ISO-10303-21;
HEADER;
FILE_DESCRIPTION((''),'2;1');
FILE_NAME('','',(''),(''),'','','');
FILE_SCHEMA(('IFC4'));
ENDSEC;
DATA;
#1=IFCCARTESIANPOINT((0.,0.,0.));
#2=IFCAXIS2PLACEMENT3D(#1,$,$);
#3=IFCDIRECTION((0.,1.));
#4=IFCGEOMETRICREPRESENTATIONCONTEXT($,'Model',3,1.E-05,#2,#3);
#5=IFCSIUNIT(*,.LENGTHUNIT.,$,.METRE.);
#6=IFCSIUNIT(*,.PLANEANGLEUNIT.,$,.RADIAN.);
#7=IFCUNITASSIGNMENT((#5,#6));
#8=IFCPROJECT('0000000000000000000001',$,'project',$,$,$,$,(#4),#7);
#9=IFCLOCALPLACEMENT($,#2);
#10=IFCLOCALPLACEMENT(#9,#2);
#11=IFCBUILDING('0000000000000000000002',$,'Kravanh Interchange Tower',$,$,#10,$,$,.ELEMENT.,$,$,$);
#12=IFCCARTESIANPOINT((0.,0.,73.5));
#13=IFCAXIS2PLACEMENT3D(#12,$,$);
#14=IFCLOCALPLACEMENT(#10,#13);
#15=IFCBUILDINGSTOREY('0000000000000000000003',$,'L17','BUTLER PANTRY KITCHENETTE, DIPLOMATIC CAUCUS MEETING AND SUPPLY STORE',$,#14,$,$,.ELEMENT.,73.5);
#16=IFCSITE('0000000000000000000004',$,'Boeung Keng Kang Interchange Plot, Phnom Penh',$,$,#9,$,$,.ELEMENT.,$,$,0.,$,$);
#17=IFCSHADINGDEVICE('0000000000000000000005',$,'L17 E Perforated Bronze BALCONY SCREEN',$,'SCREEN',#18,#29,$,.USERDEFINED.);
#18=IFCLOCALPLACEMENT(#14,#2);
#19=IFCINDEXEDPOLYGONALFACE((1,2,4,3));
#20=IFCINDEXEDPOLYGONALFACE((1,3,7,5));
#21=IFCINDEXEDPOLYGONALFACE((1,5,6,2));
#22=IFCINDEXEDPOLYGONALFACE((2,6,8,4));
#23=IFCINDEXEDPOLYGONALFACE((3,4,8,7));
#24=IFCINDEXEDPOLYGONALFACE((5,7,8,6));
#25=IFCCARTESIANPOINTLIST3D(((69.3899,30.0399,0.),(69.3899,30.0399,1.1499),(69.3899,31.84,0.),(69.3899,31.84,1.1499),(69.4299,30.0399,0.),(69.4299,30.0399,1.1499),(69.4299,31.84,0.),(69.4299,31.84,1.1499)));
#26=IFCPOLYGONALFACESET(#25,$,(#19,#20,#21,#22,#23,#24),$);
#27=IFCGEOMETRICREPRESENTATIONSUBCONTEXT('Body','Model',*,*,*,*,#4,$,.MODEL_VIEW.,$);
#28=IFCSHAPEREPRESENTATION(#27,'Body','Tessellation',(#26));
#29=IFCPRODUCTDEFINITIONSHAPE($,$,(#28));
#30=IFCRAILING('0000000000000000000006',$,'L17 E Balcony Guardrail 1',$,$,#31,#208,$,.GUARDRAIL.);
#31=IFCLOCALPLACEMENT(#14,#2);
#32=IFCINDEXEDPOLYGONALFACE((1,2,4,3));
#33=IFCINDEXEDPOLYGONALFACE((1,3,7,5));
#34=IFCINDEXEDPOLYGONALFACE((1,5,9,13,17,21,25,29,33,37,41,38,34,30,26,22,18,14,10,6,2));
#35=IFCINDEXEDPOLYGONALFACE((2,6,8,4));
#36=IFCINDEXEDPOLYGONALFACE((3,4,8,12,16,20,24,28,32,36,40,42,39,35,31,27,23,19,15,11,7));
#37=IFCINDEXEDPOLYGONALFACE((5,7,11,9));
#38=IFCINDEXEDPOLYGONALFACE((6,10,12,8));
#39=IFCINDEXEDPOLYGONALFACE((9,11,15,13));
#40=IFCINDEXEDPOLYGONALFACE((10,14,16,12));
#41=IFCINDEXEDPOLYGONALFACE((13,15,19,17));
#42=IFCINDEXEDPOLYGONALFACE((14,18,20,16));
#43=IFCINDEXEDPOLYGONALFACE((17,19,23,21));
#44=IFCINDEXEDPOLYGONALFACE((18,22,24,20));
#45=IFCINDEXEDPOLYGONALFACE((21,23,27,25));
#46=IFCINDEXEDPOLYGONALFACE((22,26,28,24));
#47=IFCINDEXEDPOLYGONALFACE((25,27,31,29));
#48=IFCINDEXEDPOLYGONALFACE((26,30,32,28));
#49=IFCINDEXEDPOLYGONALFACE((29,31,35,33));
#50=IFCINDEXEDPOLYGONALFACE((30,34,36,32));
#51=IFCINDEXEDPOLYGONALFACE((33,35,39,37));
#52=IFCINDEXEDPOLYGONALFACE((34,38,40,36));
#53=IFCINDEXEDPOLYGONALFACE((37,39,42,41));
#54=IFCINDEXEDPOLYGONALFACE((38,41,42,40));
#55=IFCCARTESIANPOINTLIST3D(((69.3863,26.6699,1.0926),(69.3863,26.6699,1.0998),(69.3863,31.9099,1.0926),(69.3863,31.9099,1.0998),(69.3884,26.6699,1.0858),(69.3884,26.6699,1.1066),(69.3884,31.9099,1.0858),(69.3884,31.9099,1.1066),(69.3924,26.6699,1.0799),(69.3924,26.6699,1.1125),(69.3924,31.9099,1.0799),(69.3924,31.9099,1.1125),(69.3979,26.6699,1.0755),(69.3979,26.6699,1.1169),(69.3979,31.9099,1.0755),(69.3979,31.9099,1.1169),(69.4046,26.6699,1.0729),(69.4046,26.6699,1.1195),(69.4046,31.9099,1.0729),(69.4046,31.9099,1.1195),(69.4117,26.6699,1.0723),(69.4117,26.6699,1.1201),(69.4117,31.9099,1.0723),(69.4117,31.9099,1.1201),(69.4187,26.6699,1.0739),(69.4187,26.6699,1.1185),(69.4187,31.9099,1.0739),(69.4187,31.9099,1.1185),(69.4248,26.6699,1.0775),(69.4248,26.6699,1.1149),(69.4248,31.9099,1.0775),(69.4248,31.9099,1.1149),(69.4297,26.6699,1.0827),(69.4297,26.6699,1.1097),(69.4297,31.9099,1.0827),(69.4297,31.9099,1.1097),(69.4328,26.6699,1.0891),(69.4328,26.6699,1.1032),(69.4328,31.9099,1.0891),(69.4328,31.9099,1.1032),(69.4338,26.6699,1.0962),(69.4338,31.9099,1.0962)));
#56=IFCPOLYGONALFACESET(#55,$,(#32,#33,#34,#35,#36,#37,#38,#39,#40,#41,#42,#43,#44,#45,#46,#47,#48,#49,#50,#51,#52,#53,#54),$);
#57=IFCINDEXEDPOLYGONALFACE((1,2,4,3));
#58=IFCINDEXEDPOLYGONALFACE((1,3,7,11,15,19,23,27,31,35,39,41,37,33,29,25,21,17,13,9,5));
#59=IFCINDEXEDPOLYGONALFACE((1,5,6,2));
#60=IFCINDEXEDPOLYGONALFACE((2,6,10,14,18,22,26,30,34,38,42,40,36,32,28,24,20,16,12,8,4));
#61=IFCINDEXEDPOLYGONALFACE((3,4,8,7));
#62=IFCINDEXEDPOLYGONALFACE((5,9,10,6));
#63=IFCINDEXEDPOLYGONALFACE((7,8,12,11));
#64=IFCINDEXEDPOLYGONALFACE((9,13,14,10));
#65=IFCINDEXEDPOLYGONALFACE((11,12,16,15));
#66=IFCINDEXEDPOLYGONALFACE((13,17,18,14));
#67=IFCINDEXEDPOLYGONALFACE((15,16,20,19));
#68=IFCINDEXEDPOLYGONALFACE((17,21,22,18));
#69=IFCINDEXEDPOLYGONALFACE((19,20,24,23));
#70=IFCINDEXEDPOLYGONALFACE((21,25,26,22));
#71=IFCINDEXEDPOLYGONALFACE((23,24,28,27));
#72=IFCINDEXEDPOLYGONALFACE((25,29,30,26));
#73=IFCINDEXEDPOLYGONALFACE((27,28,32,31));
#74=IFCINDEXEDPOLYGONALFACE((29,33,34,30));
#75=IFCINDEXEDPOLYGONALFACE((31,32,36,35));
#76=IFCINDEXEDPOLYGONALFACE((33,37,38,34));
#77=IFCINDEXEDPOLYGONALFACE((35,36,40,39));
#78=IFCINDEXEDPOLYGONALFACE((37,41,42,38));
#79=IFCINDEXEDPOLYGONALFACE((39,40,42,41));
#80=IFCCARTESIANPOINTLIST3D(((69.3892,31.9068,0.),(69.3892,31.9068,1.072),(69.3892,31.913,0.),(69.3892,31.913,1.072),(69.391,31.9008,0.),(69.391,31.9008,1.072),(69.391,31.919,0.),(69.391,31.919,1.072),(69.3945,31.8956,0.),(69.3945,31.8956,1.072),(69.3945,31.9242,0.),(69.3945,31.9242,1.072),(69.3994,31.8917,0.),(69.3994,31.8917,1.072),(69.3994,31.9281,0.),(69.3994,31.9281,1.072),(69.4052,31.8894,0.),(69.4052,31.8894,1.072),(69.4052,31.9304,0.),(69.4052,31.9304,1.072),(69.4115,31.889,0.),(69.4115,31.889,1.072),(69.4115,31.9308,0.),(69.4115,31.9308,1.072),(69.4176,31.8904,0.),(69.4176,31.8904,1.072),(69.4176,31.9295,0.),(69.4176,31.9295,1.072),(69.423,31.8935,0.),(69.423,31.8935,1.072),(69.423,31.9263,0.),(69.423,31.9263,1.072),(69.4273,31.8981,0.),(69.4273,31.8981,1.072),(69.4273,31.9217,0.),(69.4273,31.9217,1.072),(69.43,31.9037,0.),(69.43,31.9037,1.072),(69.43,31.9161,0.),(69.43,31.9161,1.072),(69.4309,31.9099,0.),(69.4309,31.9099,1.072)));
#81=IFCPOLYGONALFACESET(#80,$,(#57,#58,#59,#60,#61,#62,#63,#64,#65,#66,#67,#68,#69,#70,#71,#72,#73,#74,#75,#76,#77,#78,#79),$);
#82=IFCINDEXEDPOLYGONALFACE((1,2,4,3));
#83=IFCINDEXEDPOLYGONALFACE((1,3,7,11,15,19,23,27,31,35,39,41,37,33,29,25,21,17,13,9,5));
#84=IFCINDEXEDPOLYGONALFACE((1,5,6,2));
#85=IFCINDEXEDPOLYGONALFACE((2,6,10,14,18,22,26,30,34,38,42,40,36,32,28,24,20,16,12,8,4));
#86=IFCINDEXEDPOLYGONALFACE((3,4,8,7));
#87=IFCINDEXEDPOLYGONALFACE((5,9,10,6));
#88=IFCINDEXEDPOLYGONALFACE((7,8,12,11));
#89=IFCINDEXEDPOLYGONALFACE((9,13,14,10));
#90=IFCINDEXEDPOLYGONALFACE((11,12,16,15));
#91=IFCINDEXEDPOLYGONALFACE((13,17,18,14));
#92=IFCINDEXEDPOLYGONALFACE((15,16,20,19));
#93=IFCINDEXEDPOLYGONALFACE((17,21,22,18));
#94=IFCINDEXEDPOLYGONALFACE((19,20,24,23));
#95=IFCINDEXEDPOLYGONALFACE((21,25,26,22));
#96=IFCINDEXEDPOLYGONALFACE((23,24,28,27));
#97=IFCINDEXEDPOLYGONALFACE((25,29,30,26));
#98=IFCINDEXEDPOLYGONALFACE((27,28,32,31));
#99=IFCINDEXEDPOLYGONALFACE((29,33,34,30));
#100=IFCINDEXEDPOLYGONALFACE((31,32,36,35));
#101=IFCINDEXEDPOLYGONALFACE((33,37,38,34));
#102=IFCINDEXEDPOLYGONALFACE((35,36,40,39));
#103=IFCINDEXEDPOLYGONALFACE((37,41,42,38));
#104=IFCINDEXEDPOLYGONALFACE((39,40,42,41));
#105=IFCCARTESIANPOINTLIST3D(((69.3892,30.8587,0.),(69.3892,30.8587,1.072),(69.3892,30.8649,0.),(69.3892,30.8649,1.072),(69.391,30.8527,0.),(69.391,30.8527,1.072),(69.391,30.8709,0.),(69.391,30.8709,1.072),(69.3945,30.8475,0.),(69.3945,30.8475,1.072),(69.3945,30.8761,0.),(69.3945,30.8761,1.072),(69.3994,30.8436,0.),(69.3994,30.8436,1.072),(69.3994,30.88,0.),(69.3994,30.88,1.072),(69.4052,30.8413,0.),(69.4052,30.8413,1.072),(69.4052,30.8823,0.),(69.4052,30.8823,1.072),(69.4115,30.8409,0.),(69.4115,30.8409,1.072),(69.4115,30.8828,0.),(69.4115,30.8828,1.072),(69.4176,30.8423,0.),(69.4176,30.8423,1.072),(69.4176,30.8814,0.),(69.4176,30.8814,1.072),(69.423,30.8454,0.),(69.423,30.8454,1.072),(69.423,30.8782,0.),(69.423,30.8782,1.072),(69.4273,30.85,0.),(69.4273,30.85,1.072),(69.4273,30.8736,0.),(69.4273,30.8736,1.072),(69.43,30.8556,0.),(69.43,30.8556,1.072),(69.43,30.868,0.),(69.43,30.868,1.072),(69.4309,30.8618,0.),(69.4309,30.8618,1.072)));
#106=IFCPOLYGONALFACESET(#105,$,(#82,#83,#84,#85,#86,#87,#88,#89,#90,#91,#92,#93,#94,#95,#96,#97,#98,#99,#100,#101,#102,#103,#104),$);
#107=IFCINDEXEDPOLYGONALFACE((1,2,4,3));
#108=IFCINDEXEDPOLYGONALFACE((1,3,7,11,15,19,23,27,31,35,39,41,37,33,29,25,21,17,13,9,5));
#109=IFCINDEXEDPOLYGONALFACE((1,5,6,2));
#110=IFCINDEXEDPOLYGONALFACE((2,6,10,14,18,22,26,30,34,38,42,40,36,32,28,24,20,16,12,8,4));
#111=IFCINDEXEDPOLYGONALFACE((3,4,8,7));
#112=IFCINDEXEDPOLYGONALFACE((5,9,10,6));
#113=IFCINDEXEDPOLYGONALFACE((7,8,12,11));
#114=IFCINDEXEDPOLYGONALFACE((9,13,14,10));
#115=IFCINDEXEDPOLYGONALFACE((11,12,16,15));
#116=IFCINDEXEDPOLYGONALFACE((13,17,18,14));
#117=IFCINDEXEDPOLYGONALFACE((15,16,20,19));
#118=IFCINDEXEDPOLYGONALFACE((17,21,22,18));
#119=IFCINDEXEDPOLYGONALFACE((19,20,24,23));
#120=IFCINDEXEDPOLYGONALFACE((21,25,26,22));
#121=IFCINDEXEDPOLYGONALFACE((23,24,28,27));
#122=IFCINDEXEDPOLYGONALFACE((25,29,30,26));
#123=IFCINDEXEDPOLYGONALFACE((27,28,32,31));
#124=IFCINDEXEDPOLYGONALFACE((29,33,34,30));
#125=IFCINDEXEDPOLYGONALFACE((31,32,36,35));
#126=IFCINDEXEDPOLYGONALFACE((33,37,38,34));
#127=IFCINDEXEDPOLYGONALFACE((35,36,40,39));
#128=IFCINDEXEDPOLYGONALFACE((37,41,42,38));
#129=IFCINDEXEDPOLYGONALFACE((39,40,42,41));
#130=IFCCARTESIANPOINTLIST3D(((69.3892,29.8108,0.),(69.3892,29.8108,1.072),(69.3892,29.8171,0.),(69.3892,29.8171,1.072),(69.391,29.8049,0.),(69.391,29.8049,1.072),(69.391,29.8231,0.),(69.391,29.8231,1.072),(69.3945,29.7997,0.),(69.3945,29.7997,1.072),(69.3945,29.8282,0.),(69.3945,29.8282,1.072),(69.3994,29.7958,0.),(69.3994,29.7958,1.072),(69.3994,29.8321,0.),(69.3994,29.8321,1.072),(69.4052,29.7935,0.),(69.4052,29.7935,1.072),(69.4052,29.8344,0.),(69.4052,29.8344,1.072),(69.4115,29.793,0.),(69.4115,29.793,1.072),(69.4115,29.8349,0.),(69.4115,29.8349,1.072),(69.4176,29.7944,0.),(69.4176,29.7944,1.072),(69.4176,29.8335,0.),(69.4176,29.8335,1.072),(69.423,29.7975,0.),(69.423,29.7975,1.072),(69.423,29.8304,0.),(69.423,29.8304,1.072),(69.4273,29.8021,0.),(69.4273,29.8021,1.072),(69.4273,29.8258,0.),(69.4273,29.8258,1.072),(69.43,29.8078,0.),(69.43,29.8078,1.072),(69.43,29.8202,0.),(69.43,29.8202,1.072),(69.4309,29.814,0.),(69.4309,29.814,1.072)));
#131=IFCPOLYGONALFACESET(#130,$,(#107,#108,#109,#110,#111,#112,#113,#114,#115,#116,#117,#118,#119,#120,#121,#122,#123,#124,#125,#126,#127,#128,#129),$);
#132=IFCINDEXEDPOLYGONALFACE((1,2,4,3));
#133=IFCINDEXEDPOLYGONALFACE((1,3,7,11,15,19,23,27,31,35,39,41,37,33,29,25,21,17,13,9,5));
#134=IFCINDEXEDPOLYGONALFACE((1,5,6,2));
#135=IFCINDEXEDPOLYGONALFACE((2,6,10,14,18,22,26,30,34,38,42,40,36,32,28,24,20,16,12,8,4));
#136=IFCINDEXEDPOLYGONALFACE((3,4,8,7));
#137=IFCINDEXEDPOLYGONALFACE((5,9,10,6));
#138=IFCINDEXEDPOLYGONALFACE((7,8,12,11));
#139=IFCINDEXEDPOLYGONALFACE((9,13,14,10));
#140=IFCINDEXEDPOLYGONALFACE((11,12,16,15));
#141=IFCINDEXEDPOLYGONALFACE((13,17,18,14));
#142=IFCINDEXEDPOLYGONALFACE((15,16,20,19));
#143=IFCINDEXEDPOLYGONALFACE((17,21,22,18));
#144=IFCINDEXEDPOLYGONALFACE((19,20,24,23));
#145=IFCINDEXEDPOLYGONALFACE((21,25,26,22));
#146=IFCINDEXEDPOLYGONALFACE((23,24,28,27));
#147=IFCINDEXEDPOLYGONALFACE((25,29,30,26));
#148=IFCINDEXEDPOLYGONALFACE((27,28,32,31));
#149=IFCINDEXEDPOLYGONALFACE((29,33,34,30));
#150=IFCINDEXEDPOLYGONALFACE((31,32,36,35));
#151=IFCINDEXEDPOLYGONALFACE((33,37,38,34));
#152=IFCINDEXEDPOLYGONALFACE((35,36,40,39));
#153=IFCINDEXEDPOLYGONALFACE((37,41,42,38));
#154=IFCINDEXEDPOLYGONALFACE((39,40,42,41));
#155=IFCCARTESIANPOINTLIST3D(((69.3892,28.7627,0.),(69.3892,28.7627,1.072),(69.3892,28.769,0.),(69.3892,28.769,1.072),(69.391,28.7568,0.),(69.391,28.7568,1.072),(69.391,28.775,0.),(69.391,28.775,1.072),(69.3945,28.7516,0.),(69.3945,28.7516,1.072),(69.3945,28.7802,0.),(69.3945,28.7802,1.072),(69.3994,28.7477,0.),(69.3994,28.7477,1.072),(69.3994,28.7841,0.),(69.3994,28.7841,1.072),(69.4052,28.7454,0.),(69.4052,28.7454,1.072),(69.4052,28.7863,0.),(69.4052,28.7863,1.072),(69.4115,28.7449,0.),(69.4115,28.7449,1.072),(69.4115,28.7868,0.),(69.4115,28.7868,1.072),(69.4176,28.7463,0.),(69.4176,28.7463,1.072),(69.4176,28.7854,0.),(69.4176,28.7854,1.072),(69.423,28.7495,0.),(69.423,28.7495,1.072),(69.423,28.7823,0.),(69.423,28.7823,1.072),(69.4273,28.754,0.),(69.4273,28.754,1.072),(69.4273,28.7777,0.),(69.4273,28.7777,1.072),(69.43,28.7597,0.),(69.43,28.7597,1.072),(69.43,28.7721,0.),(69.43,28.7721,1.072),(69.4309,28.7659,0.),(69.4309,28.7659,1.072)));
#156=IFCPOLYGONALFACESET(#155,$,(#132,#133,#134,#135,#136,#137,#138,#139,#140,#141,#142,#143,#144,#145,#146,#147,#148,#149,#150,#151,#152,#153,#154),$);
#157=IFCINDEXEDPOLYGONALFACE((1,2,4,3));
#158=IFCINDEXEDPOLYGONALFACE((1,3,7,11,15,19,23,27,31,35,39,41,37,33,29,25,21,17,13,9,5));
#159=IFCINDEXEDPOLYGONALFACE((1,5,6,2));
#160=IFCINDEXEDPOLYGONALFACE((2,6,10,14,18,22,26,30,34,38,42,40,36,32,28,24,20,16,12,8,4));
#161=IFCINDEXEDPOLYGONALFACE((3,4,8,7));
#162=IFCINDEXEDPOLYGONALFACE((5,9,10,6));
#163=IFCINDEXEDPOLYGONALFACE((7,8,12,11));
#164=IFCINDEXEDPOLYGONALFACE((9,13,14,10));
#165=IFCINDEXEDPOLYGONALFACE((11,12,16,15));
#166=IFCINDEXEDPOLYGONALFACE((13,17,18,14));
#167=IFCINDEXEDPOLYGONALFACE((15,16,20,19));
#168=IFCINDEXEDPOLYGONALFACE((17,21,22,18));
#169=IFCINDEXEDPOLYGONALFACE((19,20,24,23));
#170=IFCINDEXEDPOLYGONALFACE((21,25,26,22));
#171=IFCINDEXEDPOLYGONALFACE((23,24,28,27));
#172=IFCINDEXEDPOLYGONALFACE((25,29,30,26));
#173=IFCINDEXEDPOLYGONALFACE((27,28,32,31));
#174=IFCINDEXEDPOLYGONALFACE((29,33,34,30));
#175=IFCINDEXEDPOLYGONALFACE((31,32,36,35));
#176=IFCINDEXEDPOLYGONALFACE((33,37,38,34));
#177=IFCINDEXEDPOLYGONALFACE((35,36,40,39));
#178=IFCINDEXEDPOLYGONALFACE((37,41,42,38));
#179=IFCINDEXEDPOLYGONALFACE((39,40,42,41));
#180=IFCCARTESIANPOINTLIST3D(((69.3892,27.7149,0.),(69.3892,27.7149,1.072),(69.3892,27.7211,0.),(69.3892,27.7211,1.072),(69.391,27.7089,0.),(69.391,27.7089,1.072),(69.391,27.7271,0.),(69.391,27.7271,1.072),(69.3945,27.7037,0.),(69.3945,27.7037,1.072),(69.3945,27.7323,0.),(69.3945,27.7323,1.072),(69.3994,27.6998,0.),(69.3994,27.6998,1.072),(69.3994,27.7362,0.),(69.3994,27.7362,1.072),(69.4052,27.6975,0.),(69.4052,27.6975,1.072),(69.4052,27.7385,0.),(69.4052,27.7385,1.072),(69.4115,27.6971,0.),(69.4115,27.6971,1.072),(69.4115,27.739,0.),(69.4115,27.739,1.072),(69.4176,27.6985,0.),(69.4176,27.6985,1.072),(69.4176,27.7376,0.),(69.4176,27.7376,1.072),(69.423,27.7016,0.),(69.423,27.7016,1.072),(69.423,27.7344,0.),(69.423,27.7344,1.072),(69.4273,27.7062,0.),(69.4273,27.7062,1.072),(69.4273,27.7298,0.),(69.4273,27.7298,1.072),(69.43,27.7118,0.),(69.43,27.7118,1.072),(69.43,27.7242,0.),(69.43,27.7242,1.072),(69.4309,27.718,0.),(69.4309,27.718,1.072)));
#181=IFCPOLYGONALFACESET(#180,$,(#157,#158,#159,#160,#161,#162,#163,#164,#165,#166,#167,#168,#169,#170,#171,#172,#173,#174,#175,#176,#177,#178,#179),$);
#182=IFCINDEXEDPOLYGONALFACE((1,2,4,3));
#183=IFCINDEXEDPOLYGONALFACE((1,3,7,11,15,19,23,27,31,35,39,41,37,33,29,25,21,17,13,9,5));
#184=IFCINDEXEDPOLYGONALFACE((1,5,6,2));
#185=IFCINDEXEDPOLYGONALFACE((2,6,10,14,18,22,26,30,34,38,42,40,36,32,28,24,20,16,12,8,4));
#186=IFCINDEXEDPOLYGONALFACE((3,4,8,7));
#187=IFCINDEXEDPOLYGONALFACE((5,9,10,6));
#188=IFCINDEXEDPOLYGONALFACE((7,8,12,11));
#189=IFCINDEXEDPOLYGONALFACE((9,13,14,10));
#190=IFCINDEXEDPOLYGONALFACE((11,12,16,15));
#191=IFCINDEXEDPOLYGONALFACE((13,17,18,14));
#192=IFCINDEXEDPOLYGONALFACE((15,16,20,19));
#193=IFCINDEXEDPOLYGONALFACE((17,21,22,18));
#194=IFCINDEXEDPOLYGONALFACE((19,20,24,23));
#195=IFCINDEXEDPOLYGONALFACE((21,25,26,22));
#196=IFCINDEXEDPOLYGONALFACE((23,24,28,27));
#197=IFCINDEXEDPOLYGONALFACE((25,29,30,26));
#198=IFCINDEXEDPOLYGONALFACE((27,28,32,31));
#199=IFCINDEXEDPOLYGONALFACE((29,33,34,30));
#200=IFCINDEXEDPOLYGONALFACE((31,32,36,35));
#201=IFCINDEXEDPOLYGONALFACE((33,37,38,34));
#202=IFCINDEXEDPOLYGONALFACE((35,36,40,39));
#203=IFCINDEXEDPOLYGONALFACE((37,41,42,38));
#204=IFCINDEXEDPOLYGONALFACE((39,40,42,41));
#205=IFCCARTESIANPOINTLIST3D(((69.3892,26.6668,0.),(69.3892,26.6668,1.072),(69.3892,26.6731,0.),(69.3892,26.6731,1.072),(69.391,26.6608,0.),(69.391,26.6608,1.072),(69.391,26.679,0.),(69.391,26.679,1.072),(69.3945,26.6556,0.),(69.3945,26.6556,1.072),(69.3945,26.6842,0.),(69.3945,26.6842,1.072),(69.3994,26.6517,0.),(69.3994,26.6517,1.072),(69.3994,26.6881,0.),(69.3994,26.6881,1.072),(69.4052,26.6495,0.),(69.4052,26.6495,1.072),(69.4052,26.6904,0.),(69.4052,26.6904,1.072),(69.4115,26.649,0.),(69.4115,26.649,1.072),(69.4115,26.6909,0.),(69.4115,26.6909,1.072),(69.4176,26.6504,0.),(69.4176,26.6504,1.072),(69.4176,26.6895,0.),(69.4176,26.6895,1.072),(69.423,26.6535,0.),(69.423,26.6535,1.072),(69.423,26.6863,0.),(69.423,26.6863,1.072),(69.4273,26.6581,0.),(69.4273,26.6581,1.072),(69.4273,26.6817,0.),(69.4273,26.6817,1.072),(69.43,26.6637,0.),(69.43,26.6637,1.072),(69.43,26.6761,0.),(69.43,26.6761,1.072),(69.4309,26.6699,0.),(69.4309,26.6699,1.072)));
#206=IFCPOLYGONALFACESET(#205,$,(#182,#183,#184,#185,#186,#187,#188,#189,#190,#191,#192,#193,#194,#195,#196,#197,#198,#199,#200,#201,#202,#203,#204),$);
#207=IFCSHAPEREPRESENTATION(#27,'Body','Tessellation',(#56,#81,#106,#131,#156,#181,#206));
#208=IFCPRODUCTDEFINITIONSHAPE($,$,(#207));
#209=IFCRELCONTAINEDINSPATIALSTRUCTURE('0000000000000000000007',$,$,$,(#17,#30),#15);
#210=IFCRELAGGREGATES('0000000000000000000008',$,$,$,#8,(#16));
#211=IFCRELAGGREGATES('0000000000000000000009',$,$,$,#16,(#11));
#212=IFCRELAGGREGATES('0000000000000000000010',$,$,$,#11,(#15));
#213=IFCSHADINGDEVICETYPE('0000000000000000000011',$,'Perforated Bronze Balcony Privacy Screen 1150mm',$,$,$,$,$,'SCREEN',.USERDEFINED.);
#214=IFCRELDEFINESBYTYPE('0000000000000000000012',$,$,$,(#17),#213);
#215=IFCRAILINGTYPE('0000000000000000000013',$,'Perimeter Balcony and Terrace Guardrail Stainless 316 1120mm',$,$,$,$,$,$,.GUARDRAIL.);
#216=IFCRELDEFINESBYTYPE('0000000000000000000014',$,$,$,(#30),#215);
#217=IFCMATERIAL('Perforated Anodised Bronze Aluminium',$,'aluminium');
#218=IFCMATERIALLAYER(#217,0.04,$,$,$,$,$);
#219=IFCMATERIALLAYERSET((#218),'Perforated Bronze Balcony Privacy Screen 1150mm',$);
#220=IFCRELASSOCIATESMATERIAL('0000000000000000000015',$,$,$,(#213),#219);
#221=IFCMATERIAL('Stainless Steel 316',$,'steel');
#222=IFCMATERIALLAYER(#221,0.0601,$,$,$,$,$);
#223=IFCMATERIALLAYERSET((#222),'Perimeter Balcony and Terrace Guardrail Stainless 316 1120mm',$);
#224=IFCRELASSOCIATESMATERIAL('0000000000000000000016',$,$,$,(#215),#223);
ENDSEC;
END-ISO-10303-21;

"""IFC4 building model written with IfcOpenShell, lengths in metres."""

from ifc_helpers import new_model, si_unit, direction, frame, origin, origin_2d, place, context, subcontext, project, spatial, rectangle, circle, extrude, material, layer, layer_set, type_object, element, save


model = new_model("IFC4")

# Units and contexts
model_context = context("Model", 3, precision=1e-05, world=origin(), true_north=direction((0.0, 1.0)))
body_context = subcontext(model_context, "Body", "Model", "MODEL_VIEW")
ifc_project = project(units=[si_unit("LENGTHUNIT", "METRE"), si_unit("PLANEANGLEUNIT", "RADIAN")], contexts=[model_context])

# Site, building, storey
site_placement = place(None, origin())
site = spatial("IfcSite", under=ifc_project, at=site_placement, Name="Boeung Keng Kang Interchange Plot, Phnom Penh", CompositionType="ELEMENT", RefElevation=0.0)
building_placement = place(site_placement, origin())
building = spatial("IfcBuilding", under=site, at=building_placement, Name="Kravanh Interchange Tower", CompositionType="ELEMENT")
storey_placement = place(building_placement, frame((0.0, 0.0, 73.5)))
storey = spatial("IfcBuildingStorey", under=building, at=storey_placement, Name="L17", Description="BUTLER PANTRY KITCHENETTE, DIPLOMATIC CAUCUS MEETING AND SUPPLY STORE", CompositionType="ELEMENT", Elevation=73.5)

# Shading device
ifc_material_1 = material(Name="Perforated Anodised Bronze Aluminium", Category="aluminium")
ifc_layer_1 = layer(ifc_material_1, 0.04)
ifc_layer_set_1 = layer_set([ifc_layer_1], Name="Perforated Bronze Balcony Privacy Screen 1150mm")
shading_device_type = type_object("IfcShadingDeviceType", Name="Perforated Bronze Balcony Privacy Screen 1150mm", ElementType="SCREEN", PredefinedType="USERDEFINED", material=ifc_layer_set_1)
shading_device_placement = place(storey_placement, frame((69.4099, 30.9399, 0.0), z_axis=(0.0, 0.0, 1.0), x_axis=(1.0, 0.0, 0.0)))
element("IfcShadingDevice", 1, at=shading_device_placement, inside=storey, type_object=shading_device_type, Name="L17 E Perforated Bronze BALCONY SCREEN", ObjectType="SCREEN", PredefinedType="USERDEFINED", context=body_context, shape_type="SweptSolid", body=[
    extrude(rectangle(XDim=0.04, YDim=1.8, at=origin_2d()), origin(), (0.0, 0.0, 1.0), 1.1499),
])

# Railing
ifc_material_2 = material(Name="Stainless Steel 316", Category="steel")
ifc_layer_2 = layer(ifc_material_2, 0.0601)
ifc_layer_set_2 = layer_set([ifc_layer_2], Name="Perimeter Balcony and Terrace Guardrail Stainless 316 1120mm")
railing_type = type_object("IfcRailingType", Name="Perimeter Balcony and Terrace Guardrail Stainless 316 1120mm", PredefinedType="GUARDRAIL", material=ifc_layer_set_2)
railing_1_placement = place(storey_placement, frame((69.4099, 31.9099, 0.0)))
element("IfcRailing", 2, at=railing_1_placement, inside=storey, type_object=railing_type, Name="L17 E Balcony Guardrail 1", PredefinedType="GUARDRAIL", context=body_context, shape_type="SweptSolid", body=[
    extrude(circle(Radius=0.0239, at=origin_2d()), frame((0.0, 0.0, 1.0962), z_axis=(0.0, -1.0, 0.0), x_axis=(1.0, 0.0, 0.0)), (0.0, 0.0, 1.0), 5.24),
    extrude(circle(Radius=0.021, at=origin_2d()), origin(), (0.0, 0.0, 1.0), 1.072),
    extrude(circle(Radius=0.021, at=origin_2d()), frame((0.0, -1.0481, 0.0)), (0.0, 0.0, 1.0), 1.072),
    extrude(circle(Radius=0.021, at=origin_2d()), frame((0.0, -2.0959, 0.0)), (0.0, 0.0, 1.0), 1.072),
    extrude(circle(Radius=0.021, at=origin_2d()), frame((0.0, -3.144, 0.0)), (0.0, 0.0, 1.0), 1.072),
    extrude(circle(Radius=0.021, at=origin_2d()), frame((0.0, -4.1919, 0.0)), (0.0, 0.0, 1.0), 1.072),
    extrude(circle(Radius=0.021, at=origin_2d()), frame((0.0, -5.24, 0.0)), (0.0, 0.0, 1.0), 1.072),
])

save(model, "model.ifc")
